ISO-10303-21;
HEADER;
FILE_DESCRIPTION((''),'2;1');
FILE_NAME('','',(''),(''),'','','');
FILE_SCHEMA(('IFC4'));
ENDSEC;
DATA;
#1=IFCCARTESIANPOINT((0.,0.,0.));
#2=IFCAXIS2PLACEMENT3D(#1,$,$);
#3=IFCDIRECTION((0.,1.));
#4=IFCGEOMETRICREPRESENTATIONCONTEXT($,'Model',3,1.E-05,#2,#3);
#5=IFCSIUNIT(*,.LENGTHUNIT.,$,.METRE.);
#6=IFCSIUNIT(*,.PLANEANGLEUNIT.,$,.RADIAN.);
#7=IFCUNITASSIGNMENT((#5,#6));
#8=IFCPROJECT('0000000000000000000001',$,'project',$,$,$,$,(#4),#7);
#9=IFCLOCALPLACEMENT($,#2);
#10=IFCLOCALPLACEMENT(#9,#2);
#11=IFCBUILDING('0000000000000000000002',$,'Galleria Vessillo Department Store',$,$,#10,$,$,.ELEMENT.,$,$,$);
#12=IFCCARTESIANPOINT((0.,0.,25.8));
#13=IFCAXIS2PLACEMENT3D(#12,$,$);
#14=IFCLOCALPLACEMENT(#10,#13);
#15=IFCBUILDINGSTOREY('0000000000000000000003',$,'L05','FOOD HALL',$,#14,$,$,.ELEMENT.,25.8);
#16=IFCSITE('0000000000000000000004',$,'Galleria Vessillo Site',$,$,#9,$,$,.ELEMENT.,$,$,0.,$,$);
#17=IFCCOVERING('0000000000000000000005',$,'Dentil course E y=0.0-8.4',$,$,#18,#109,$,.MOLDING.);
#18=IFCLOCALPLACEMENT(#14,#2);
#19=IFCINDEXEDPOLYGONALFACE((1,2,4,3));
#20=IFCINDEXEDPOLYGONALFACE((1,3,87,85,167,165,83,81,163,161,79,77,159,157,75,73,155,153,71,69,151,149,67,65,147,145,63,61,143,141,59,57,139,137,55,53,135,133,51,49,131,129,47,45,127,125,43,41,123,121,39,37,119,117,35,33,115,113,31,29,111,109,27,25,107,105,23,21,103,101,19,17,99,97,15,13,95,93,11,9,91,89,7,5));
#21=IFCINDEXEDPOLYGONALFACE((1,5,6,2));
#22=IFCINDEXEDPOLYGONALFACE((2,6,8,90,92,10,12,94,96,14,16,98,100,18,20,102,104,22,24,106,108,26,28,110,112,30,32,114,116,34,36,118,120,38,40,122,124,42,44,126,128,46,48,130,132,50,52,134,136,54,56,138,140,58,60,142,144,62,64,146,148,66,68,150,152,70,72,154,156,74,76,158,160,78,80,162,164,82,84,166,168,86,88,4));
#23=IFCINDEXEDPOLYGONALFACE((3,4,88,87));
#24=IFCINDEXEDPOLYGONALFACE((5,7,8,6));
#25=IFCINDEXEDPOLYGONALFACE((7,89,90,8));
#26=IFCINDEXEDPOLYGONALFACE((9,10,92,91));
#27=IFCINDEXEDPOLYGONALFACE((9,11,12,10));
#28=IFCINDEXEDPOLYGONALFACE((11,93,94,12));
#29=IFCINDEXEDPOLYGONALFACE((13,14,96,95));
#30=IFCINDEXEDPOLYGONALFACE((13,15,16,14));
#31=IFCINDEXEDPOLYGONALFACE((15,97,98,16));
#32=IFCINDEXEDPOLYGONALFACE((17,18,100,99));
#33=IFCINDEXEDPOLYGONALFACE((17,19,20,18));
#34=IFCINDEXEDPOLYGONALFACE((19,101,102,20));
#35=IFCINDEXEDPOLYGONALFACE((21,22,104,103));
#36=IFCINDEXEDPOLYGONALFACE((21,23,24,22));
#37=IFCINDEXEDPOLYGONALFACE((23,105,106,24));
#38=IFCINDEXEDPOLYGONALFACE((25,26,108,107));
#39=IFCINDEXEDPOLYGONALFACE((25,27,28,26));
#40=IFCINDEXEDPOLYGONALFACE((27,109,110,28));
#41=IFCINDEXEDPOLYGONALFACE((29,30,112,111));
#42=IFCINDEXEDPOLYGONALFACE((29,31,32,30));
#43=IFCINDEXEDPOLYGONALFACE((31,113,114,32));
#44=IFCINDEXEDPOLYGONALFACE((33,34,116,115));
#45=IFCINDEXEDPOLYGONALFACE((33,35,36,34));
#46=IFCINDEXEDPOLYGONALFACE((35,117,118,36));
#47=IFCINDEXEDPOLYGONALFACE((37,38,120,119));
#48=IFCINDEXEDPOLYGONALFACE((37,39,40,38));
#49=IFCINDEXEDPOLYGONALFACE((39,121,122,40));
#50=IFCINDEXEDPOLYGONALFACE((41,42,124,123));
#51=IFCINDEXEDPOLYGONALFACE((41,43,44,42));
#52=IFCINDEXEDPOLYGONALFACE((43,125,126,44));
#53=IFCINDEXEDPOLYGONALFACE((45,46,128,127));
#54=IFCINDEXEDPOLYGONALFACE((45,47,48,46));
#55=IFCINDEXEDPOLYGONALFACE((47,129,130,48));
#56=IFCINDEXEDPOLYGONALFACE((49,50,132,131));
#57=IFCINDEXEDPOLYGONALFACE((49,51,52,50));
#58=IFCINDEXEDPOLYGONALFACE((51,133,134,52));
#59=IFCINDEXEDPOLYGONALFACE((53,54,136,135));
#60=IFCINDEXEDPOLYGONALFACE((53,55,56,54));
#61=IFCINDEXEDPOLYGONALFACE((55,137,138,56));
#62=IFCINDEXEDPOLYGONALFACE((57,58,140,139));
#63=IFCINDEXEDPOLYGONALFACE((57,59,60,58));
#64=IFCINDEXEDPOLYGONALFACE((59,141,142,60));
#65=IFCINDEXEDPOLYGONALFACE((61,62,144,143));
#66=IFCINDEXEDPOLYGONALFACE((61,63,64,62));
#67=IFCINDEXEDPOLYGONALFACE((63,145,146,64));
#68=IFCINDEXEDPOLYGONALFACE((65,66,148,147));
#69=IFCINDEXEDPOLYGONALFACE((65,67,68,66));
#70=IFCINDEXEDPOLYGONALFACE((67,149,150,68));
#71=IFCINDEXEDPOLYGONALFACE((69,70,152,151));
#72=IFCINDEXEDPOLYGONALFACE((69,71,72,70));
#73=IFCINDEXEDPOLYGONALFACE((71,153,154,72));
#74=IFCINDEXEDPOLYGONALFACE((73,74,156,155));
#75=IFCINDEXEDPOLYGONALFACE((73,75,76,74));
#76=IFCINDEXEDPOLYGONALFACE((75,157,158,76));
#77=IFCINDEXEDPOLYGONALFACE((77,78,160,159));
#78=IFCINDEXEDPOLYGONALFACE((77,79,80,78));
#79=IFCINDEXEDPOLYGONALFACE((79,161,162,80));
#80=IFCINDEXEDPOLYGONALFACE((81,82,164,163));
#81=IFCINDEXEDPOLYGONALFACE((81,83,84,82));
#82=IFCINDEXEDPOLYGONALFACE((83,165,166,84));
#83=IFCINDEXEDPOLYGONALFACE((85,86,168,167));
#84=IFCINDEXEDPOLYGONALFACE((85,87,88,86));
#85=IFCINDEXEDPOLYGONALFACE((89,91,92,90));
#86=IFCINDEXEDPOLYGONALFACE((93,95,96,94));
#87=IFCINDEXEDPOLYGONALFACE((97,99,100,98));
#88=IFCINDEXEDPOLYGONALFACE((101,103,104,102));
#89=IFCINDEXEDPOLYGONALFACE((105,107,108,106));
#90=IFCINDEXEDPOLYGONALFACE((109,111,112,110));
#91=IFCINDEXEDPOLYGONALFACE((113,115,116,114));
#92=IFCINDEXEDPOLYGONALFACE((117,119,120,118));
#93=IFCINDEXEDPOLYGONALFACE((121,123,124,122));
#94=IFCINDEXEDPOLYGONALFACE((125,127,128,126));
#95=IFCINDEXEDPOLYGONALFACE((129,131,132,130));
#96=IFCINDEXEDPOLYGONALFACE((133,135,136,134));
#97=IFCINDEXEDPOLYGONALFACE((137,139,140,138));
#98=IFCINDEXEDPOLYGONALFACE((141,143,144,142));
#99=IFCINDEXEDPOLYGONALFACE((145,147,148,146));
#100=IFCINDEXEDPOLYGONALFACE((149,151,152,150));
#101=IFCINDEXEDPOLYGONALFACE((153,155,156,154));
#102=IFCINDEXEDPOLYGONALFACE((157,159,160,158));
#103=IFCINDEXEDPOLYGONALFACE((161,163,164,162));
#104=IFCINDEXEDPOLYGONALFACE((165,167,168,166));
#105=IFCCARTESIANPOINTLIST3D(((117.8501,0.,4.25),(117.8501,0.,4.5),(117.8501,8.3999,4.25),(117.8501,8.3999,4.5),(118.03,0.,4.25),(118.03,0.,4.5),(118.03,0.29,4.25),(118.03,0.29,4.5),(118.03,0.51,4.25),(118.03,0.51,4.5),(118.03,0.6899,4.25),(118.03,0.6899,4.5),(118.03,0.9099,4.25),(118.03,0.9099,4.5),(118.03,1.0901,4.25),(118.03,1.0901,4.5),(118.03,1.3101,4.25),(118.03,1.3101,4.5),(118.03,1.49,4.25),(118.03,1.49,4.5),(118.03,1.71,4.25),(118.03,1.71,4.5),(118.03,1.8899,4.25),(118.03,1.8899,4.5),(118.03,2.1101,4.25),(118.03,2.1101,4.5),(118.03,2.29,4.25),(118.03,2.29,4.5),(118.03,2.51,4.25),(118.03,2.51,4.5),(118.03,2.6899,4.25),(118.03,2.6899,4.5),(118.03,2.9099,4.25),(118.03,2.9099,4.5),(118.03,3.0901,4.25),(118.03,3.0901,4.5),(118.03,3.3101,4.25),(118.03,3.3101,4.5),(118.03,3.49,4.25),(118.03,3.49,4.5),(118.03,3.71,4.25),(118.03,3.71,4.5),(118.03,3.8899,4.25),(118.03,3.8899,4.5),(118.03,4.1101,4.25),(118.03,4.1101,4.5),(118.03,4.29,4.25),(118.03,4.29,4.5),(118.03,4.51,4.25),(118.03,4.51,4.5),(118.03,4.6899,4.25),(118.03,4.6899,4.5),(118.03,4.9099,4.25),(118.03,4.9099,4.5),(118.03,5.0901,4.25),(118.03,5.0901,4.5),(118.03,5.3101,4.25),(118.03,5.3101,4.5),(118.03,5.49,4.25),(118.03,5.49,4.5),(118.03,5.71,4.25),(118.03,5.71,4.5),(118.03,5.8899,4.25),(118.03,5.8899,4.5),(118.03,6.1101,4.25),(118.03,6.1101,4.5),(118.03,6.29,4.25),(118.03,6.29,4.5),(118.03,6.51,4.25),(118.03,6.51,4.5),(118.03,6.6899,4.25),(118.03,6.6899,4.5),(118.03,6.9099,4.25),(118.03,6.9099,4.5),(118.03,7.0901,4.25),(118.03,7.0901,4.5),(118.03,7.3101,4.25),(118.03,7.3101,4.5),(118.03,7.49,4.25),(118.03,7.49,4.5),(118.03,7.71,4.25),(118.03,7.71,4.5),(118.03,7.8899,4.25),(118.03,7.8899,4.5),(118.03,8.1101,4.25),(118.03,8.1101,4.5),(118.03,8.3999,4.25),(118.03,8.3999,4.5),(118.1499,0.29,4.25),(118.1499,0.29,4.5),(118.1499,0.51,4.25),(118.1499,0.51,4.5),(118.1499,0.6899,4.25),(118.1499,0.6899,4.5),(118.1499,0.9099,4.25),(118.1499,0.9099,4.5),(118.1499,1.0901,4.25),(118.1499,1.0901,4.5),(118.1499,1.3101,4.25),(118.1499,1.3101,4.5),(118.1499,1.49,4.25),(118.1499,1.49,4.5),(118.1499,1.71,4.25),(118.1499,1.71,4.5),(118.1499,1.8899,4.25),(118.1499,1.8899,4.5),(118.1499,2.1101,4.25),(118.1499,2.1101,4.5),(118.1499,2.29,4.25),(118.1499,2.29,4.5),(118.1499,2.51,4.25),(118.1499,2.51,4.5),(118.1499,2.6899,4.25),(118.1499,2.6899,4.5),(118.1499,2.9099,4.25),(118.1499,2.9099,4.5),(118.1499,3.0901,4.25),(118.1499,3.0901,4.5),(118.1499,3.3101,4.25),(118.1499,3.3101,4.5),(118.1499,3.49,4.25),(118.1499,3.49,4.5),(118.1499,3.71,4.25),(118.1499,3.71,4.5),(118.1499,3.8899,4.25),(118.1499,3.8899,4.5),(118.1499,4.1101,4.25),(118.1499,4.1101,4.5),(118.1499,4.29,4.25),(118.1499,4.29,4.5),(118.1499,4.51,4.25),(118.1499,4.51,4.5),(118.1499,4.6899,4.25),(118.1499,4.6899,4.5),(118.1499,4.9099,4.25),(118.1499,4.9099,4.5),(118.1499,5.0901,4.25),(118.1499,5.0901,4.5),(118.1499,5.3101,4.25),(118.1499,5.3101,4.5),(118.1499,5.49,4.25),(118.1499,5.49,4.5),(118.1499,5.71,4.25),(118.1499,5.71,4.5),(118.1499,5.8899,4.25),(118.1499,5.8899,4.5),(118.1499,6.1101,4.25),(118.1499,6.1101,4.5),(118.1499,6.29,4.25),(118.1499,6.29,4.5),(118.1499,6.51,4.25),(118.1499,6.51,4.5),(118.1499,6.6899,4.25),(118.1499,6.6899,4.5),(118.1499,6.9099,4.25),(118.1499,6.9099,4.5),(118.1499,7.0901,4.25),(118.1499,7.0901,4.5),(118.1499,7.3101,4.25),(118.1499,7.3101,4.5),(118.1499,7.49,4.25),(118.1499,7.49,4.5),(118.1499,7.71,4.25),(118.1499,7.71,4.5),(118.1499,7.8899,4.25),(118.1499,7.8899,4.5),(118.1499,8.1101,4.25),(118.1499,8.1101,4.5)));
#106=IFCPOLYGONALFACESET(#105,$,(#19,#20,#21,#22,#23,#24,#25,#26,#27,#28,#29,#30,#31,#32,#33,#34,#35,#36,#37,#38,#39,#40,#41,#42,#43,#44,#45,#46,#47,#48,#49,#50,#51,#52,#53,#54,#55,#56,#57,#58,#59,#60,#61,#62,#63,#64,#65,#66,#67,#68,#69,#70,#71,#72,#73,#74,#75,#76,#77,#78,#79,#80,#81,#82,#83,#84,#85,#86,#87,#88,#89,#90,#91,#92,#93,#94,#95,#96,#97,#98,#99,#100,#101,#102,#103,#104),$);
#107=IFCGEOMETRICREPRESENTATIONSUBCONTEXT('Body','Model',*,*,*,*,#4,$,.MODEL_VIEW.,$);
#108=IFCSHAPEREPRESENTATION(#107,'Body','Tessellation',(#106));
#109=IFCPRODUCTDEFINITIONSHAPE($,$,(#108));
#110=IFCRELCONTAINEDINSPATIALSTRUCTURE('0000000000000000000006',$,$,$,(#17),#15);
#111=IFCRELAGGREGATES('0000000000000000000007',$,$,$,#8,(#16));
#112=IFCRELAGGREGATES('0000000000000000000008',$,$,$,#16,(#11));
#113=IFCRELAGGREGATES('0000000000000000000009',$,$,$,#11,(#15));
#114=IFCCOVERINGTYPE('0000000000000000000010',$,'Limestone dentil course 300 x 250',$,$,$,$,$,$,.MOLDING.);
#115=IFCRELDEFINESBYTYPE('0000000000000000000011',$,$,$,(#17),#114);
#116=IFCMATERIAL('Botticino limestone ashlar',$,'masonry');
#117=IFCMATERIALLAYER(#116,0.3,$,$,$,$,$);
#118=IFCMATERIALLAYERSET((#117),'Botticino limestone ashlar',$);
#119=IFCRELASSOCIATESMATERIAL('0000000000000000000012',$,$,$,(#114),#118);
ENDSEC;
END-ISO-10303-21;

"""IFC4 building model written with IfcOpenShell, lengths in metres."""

from ifc_helpers import new_model, si_unit, direction, frame, origin, place, context, subcontext, project, spatial, polyline, outline, extrude, material, layer, layer_set, type_object, element, save


model = new_model("IFC4")

# Units and contexts
model_context = context("Model", 3, precision=1e-05, world=origin(), true_north=direction((0.0, 1.0)))
body_context = subcontext(model_context, "Body", "Model", "MODEL_VIEW")
ifc_project = project(units=[si_unit("LENGTHUNIT", "METRE"), si_unit("PLANEANGLEUNIT", "RADIAN")], contexts=[model_context])

# Site, building, storey
site_placement = place(None, origin())
site = spatial("IfcSite", under=ifc_project, at=site_placement, Name="Galleria Vessillo Site", CompositionType="ELEMENT", RefElevation=0.0)
building_placement = place(site_placement, origin())
building = spatial("IfcBuilding", under=site, at=building_placement, Name="Galleria Vessillo Department Store", CompositionType="ELEMENT")
storey_placement = place(building_placement, frame((0.0, 0.0, 25.8)))
storey = spatial("IfcBuildingStorey", under=building, at=storey_placement, Name="L05", Description="FOOD HALL", CompositionType="ELEMENT", Elevation=25.8)

# Covering
ifc_material_1 = material(Name="Botticino limestone ashlar", Category="masonry")
ifc_layer_1 = layer(ifc_material_1, 0.3)
ifc_layer_set_1 = layer_set([ifc_layer_1], Name="Botticino limestone ashlar")
covering_type = type_object("IfcCoveringType", Name="Limestone dentil course 300 x 250", PredefinedType="MOLDING", material=ifc_layer_set_1)
covering_1_placement = place(storey_placement, frame((0.0, 0.0, 4.25)))
element("IfcCovering", 1, at=covering_1_placement, inside=storey, type_object=covering_type, Name="Dentil course E y=0.0-8.4", PredefinedType="MOLDING", context=body_context, shape_type="SweptSolid", body=[
    extrude(outline(polyline([(117.8501, 0.0), (118.03, 0.0), (118.03, 0.29), (118.1499, 0.29), (118.1499, 0.51), (118.03, 0.51), (118.03, 0.6899), (118.1499, 0.6899), (118.1499, 0.9099), (118.03, 0.9099), (118.03, 1.0901), (118.1499, 1.0901), (118.1499, 1.3101), (118.03, 1.3101), (118.03, 1.49), (118.1499, 1.49), (118.1499, 1.71), (118.03, 1.71), (118.03, 1.8899), (118.1499, 1.8899), (118.1499, 2.1101), (118.03, 2.1101), (118.03, 2.29), (118.1499, 2.29), (118.1499, 2.51), (118.03, 2.51), (118.03, 2.6899), (118.1499, 2.6899), (118.1499, 2.9099), (118.03, 2.9099), (118.03, 3.0901), (118.1499, 3.0901), (118.1499, 3.3101), (118.03, 3.3101), (118.03, 3.49), (118.1499, 3.49), (118.1499, 3.71), (118.03, 3.71), (118.03, 3.8899), (118.1499, 3.8899), (118.1499, 4.1101), (118.03, 4.1101), (118.03, 4.29), (118.1499, 4.29), (118.1499, 4.51), (118.03, 4.51), (118.03, 4.6899), (118.1499, 4.6899), (118.1499, 4.9099), (118.03, 4.9099), (118.03, 5.0901), (118.1499, 5.0901), (118.1499, 5.3101), (118.03, 5.3101), (118.03, 5.49), (118.1499, 5.49), (118.1499, 5.71), (118.03, 5.71), (118.03, 5.8899), (118.1499, 5.8899), (118.1499, 6.1101), (118.03, 6.1101), (118.03, 6.29), (118.1499, 6.29), (118.1499, 6.51), (118.03, 6.51), (118.03, 6.6899), (118.1499, 6.6899), (118.1499, 6.9099), (118.03, 6.9099), (118.03, 7.0901), (118.1499, 7.0901), (118.1499, 7.3101), (118.03, 7.3101), (118.03, 7.49), (118.1499, 7.49), (118.1499, 7.71), (118.03, 7.71), (118.03, 7.8899), (118.1499, 7.8899), (118.1499, 8.1101), (118.03, 8.1101), (118.03, 8.3999), (117.8501, 8.3999), (117.8501, 0.0)])), origin(), (0.0, 0.0, 1.0), 0.25),
])

save(model, "model.ifc")
